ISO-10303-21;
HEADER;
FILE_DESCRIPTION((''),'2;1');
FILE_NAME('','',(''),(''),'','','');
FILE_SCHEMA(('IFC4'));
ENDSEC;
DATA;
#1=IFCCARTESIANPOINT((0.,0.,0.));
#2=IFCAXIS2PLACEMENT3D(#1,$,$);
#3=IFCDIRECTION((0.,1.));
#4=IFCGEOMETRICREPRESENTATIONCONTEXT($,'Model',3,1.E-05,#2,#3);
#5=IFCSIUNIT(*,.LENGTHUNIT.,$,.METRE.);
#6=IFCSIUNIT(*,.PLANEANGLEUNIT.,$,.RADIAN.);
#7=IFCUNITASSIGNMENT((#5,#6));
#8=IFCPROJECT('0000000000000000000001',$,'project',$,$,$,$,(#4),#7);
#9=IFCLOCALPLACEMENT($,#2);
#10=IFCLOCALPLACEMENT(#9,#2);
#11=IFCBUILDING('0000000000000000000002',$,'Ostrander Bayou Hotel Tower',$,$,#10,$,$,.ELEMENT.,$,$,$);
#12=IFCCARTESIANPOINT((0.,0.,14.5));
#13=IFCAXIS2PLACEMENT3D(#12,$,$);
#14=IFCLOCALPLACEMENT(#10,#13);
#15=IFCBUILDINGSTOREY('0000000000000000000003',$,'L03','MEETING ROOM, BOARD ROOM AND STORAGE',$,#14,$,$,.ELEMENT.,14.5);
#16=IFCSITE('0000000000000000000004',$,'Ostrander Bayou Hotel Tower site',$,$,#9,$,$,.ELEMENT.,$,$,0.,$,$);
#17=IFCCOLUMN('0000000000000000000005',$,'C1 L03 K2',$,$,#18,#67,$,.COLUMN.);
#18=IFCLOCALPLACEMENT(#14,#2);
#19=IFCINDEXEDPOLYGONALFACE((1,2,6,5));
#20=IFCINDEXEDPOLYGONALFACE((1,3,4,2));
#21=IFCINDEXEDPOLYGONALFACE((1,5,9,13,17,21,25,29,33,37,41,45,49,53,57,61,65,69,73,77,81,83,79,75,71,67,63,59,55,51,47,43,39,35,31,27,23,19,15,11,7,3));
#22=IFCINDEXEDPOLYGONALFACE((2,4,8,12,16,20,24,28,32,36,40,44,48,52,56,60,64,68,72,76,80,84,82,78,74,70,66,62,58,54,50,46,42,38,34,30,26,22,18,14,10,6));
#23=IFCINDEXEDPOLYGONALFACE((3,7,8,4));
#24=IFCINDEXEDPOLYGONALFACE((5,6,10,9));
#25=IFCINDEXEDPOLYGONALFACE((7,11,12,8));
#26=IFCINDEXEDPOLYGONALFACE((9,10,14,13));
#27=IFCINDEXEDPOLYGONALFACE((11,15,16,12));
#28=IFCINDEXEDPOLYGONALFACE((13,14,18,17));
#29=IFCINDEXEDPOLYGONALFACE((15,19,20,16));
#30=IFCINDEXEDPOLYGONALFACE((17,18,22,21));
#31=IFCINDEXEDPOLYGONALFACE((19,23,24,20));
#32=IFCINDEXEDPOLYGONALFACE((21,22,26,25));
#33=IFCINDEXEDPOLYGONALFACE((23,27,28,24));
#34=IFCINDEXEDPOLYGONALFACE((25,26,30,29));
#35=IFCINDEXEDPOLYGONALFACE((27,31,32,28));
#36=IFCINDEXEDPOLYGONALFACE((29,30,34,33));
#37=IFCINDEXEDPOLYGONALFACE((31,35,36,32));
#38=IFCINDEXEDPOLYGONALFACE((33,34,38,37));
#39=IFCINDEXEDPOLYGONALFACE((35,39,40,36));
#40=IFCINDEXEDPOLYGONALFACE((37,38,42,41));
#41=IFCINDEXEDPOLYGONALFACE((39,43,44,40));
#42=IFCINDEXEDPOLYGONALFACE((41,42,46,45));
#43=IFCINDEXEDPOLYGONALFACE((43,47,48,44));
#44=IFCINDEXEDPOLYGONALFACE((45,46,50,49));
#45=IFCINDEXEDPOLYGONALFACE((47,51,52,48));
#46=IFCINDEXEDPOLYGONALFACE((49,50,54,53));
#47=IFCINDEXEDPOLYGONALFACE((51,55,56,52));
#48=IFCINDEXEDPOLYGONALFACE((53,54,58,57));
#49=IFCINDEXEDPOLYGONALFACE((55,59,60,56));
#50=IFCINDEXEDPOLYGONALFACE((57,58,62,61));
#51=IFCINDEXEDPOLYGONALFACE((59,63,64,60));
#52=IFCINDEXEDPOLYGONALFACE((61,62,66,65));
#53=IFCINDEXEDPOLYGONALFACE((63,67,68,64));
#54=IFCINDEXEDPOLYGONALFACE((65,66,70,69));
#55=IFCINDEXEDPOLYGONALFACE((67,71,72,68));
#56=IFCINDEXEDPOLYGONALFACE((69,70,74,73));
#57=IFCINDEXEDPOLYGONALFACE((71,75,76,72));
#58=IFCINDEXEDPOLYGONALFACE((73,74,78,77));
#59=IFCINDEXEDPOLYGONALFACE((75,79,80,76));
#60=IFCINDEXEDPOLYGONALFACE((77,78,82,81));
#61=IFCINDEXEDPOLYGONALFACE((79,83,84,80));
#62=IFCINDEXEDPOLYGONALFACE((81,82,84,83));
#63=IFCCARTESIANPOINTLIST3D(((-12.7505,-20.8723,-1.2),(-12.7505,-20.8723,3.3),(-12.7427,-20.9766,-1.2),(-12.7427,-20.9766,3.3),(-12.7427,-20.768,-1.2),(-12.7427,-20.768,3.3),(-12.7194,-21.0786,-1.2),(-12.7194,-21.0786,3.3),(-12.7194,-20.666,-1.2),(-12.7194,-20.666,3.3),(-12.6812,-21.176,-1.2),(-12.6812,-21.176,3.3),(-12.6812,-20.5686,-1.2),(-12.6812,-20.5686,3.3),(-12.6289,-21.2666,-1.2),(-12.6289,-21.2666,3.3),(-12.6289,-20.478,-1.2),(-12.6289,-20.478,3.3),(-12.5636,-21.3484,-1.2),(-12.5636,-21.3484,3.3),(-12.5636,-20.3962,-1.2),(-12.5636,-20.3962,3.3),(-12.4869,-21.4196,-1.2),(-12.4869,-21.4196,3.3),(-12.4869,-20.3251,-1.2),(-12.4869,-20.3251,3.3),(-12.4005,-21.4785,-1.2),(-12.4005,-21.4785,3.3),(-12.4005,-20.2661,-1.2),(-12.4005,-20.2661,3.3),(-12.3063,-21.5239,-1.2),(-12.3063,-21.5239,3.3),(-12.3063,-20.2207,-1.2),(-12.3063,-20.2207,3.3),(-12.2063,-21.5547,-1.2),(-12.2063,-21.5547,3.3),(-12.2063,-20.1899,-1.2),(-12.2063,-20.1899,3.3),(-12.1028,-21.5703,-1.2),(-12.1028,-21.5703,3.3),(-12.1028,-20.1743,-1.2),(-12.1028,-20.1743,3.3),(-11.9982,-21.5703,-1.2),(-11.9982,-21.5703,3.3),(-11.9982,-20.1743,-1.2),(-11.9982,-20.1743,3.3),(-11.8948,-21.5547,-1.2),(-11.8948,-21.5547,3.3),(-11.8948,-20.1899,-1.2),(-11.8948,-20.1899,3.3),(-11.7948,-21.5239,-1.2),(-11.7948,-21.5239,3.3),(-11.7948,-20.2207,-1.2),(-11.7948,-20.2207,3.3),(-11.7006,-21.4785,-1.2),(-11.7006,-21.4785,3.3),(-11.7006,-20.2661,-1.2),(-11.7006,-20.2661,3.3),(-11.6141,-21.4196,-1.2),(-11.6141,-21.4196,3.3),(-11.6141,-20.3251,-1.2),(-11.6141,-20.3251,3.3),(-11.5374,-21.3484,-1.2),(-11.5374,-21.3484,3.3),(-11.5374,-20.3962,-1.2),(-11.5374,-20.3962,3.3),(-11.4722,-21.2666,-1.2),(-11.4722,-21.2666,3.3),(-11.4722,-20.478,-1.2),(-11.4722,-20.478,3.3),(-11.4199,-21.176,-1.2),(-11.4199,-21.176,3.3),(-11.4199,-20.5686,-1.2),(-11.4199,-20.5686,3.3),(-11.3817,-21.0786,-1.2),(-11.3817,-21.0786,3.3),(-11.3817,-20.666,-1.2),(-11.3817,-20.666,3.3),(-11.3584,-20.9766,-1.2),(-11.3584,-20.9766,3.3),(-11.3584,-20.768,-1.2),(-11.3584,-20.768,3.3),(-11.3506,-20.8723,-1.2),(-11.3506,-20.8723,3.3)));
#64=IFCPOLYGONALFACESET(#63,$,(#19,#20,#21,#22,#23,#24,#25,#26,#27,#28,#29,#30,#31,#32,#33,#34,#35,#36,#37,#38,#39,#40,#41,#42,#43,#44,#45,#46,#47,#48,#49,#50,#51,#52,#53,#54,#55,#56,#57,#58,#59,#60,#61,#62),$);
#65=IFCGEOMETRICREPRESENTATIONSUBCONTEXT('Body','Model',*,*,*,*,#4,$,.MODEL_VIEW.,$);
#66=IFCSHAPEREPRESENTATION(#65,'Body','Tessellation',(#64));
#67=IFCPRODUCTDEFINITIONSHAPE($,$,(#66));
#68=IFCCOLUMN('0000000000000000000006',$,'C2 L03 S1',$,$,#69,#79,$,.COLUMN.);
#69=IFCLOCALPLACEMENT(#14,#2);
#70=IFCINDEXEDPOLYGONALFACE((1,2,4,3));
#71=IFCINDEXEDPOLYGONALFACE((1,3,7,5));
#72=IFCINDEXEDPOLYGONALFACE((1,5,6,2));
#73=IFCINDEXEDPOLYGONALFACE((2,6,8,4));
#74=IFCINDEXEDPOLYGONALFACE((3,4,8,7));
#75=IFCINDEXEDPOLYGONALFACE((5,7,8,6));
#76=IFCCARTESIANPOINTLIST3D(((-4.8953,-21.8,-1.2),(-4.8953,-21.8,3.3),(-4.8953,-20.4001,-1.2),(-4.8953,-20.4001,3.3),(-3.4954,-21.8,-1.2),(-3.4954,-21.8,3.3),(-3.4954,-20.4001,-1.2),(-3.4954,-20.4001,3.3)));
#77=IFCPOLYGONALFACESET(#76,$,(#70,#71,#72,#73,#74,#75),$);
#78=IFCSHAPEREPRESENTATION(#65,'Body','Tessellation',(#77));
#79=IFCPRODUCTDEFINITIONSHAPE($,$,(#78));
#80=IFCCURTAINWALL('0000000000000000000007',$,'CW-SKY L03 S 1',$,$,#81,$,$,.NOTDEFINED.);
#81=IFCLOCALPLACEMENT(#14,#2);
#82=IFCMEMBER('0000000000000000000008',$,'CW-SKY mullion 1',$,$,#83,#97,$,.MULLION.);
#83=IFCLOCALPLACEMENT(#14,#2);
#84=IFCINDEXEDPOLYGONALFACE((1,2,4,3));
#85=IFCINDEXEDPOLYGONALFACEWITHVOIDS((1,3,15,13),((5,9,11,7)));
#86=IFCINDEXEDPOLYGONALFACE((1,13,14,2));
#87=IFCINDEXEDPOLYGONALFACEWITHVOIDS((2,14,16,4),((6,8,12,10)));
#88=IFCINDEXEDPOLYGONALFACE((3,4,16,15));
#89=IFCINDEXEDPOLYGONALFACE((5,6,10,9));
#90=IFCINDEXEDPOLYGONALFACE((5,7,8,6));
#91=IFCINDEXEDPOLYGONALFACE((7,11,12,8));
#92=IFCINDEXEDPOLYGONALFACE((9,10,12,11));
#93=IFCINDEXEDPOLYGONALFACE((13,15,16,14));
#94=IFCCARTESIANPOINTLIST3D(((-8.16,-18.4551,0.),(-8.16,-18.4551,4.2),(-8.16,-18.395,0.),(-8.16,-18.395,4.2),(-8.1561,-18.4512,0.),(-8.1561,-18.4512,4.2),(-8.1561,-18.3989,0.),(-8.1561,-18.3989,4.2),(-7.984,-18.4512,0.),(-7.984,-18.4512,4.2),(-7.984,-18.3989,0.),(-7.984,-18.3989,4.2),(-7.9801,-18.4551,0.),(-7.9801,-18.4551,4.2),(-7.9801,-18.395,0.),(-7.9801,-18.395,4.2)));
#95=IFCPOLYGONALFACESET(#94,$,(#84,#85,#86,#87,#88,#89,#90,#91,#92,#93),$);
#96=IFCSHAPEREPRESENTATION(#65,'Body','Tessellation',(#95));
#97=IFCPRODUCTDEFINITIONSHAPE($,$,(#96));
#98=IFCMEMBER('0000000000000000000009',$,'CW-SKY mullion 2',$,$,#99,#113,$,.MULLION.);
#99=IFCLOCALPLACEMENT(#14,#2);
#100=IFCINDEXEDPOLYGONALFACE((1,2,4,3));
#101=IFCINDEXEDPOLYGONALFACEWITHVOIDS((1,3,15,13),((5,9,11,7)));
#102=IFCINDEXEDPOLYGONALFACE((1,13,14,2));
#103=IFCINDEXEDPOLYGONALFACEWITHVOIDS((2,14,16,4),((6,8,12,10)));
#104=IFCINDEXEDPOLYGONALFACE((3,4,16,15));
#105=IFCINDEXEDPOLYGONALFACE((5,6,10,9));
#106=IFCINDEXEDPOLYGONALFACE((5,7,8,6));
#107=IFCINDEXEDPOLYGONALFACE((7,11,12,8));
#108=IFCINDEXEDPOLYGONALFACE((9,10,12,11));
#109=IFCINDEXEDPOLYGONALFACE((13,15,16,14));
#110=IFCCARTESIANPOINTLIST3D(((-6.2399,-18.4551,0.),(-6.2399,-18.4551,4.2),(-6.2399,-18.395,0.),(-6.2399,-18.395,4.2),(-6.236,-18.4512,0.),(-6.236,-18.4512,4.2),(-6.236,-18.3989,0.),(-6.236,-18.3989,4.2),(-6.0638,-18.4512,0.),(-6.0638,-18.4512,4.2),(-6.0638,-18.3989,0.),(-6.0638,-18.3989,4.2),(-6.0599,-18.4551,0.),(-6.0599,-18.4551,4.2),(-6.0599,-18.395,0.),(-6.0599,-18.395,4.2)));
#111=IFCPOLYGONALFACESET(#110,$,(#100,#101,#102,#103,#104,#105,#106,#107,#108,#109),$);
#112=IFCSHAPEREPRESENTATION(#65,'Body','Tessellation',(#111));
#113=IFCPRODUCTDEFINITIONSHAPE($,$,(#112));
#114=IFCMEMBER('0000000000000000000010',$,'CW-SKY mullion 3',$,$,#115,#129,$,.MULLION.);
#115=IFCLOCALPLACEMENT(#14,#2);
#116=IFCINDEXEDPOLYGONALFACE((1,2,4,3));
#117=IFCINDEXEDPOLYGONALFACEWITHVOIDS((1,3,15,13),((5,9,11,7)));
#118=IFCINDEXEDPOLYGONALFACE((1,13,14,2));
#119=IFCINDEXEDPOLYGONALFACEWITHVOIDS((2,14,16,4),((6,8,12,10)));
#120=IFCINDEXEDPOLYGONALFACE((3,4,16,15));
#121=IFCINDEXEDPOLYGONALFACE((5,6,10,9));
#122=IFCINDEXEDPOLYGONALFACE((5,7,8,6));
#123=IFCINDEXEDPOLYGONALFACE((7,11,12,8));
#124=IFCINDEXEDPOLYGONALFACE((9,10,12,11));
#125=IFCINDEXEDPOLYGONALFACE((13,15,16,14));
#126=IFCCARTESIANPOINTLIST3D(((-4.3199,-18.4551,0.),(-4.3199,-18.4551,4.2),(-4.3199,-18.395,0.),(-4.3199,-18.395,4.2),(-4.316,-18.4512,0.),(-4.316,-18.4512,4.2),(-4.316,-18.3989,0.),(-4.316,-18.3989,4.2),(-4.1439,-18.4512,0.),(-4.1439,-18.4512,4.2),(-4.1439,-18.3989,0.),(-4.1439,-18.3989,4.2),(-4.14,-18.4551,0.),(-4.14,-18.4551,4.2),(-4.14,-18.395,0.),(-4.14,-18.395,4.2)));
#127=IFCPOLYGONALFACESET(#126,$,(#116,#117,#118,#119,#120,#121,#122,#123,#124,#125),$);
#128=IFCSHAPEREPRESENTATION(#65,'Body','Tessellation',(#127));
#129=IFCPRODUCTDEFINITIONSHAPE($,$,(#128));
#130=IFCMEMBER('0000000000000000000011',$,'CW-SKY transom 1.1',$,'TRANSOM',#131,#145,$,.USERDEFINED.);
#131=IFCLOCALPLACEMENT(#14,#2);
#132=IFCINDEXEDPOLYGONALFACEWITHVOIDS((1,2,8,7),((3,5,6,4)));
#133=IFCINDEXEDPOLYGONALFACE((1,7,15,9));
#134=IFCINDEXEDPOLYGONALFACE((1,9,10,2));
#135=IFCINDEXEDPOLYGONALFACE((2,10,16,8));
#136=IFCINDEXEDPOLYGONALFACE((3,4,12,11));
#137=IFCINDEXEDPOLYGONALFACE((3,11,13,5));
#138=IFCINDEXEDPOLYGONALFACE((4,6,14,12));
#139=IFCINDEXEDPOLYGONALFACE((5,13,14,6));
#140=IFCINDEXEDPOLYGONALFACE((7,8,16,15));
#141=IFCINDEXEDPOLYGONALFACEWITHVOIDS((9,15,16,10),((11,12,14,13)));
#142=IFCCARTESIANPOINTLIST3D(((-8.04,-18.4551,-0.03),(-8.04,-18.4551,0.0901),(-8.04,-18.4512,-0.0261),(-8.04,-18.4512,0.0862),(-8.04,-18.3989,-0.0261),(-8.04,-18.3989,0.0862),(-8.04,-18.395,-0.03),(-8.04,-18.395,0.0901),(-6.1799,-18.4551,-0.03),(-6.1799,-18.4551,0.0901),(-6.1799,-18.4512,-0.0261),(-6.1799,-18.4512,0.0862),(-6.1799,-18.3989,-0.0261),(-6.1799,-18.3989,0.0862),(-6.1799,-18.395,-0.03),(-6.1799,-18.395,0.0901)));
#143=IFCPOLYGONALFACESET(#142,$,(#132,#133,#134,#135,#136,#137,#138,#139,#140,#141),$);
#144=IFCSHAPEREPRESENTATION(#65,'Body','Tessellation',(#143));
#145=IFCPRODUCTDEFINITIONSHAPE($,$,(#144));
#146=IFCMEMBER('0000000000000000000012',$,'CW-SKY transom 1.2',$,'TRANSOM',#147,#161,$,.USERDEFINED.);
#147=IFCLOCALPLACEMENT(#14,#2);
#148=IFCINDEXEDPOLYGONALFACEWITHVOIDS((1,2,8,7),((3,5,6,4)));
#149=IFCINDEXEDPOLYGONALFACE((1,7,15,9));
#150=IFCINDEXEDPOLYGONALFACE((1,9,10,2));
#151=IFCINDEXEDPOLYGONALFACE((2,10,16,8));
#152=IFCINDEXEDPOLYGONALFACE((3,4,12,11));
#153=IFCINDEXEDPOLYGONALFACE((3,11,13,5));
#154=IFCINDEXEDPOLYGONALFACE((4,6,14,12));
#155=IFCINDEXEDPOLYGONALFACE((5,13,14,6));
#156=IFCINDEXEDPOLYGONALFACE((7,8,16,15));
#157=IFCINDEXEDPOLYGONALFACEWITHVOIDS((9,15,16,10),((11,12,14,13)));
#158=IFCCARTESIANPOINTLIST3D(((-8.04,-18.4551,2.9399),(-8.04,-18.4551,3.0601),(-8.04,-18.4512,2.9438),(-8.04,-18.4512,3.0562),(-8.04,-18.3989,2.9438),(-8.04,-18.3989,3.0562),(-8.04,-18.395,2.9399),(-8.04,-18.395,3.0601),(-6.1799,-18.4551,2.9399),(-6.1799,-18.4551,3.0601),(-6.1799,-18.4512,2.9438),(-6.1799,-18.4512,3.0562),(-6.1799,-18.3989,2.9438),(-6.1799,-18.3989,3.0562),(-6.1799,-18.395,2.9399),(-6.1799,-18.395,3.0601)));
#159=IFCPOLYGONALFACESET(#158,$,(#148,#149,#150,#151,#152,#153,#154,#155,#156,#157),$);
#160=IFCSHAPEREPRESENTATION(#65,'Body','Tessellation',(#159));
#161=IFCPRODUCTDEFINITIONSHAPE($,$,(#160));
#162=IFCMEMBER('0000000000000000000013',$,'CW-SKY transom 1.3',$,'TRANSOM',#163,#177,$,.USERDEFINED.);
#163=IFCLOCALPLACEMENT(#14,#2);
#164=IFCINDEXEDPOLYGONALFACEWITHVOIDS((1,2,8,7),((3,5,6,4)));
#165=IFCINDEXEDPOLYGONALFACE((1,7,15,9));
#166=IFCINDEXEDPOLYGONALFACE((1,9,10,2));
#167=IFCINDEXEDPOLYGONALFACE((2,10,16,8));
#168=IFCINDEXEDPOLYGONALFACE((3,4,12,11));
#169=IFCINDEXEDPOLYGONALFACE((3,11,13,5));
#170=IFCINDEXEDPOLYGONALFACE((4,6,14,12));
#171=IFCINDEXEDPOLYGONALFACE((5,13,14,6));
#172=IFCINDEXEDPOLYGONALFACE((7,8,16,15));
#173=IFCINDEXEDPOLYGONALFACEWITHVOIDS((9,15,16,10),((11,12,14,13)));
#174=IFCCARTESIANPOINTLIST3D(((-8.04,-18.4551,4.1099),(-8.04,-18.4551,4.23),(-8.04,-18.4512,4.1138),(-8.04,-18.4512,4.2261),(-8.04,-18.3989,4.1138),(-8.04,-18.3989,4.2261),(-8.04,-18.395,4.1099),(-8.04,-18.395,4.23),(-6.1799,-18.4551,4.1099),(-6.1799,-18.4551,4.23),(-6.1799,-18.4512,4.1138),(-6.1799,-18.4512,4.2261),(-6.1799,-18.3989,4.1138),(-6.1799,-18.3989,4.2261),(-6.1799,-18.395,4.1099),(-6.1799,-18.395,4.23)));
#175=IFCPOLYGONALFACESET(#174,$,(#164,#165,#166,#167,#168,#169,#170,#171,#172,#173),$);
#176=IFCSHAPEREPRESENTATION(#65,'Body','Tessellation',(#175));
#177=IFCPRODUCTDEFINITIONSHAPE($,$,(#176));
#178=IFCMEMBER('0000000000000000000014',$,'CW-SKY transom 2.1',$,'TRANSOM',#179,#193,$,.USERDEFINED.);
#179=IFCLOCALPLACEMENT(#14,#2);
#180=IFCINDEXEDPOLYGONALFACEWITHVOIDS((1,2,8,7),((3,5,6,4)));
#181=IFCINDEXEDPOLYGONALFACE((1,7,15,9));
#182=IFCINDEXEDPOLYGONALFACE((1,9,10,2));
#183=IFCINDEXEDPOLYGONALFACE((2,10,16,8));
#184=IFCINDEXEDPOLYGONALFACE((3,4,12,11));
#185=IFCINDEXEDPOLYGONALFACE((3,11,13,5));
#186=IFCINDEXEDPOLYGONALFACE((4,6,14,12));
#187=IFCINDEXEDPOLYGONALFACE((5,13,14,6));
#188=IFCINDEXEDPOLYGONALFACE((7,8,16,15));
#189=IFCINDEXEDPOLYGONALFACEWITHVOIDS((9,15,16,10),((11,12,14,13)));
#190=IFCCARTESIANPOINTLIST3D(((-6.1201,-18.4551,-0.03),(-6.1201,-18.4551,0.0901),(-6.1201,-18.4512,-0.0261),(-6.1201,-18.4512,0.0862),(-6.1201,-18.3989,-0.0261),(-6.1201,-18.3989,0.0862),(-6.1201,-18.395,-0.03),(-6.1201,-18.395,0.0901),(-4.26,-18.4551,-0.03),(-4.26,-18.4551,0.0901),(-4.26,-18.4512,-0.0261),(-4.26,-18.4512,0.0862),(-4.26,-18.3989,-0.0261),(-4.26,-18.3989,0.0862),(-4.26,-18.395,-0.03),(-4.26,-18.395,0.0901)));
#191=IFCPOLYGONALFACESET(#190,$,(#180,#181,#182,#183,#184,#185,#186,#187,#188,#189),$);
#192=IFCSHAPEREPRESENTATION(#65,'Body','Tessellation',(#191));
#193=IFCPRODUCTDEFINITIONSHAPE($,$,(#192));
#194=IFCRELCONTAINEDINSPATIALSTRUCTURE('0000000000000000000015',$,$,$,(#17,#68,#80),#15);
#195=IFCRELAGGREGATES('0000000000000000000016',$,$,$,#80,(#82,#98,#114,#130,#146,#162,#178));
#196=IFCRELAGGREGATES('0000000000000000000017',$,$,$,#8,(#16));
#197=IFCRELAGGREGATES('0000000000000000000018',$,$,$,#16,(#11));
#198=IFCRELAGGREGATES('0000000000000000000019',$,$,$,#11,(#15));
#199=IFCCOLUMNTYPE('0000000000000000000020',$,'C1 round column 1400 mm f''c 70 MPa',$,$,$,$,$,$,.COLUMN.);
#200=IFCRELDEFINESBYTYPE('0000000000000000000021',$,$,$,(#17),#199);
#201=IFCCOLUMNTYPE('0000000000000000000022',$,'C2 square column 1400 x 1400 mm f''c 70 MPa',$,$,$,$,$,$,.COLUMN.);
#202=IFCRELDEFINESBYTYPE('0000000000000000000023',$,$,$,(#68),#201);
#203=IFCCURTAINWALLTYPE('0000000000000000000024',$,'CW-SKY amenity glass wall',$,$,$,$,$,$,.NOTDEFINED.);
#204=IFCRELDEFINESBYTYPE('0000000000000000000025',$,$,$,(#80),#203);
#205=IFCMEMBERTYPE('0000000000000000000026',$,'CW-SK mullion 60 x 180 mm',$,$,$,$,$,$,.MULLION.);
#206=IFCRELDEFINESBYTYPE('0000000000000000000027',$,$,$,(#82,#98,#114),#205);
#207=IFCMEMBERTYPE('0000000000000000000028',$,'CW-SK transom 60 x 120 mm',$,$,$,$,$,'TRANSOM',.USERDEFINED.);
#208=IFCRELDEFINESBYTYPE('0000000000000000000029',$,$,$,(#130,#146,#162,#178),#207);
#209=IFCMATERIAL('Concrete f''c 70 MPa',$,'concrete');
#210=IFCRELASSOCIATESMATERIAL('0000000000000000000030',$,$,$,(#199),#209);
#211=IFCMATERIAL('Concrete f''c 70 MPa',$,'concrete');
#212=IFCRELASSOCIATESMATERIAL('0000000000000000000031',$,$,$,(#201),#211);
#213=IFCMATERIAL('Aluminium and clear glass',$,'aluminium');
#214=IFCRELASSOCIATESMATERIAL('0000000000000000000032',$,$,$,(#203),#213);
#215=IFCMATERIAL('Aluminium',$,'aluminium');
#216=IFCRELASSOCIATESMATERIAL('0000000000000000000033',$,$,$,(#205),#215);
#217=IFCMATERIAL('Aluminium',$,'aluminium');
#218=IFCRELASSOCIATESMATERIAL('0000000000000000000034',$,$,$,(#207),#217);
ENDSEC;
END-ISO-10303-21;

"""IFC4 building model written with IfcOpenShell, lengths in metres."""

from ifc_helpers import new_model, si_unit, direction, frame, origin, origin_2d, place, context, subcontext, project, spatial, rectangle, hollow_rectangle, circle, extrude, material, material_profile, profile_set, type_object, element, aggregate, save


model = new_model("IFC4")

# Units and contexts
model_context = context("Model", 3, precision=1e-05, world=origin(), true_north=direction((0.0, 1.0)))
body_context = subcontext(model_context, "Body", "Model", "MODEL_VIEW")
ifc_project = project(units=[si_unit("LENGTHUNIT", "METRE"), si_unit("PLANEANGLEUNIT", "RADIAN")], contexts=[model_context])

# Site, building, storey
site_placement = place(None, origin())
site = spatial("IfcSite", under=ifc_project, at=site_placement, Name="Ostrander Bayou Hotel Tower site", CompositionType="ELEMENT", RefElevation=0.0)
building_placement = place(site_placement, origin())
building = spatial("IfcBuilding", under=site, at=building_placement, Name="Ostrander Bayou Hotel Tower", CompositionType="ELEMENT")
storey_placement = place(building_placement, frame((0.0, 0.0, 14.5)))
storey = spatial("IfcBuildingStorey", under=building, at=storey_placement, Name="L03", Description="MEETING ROOM, BOARD ROOM AND STORAGE", CompositionType="ELEMENT", Elevation=14.5)

# Columns
ifc_material_1 = material(Name="Concrete f'c 70 MPa", Category="concrete")
ifc_material_profile_1 = material_profile(ifc_material_1, circle(Radius=0.7, at=origin_2d()))
ifc_profile_set_1 = profile_set([ifc_material_profile_1], Name="Concrete f'c 70 MPa")
column_type_1 = type_object("IfcColumnType", Name="C1 round column 1400 mm f'c 70 MPa", PredefinedType="COLUMN", material=ifc_profile_set_1)
column_1_placement = place(storey_placement, frame((-12.0505, -20.8723, -1.2), z_axis=(0.0, 0.0, 1.0), x_axis=(1.0, 0.0, 0.0)))
element("IfcColumn", 1, at=column_1_placement, inside=storey, type_object=column_type_1, Name="C1 L03 K2", PredefinedType="COLUMN", context=body_context, shape_type="SweptSolid", body=[
    extrude(circle(Radius=0.7, at=origin_2d()), origin(), (0.0, 0.0, 1.0), 4.5),
])
ifc_material_2 = material(Name="Concrete f'c 70 MPa", Category="concrete")
ifc_material_profile_2 = material_profile(ifc_material_2, rectangle(XDim=1.3999, YDim=1.3999, at=origin_2d()))
ifc_profile_set_2 = profile_set([ifc_material_profile_2], Name="Concrete f'c 70 MPa")
column_type_2 = type_object("IfcColumnType", Name="C2 square column 1400 x 1400 mm f'c 70 MPa", PredefinedType="COLUMN", material=ifc_profile_set_2)
column_2_placement = place(storey_placement, frame((-4.1953, -21.1001, -1.2), z_axis=(0.0, 0.0, 1.0), x_axis=(-1.0, 0.0, 0.0)))
element("IfcColumn", 2, at=column_2_placement, inside=storey, type_object=column_type_2, Name="C2 L03 S1", PredefinedType="COLUMN", context=body_context, shape_type="SweptSolid", body=[
    extrude(rectangle(XDim=1.3999, YDim=1.3999, at=origin_2d()), origin(), (0.0, 0.0, 1.0), 4.5),
])

# Curtain wall, members
ifc_material_3 = material(Name="Aluminium and clear glass", Category="aluminium")
curtain_wall_type = type_object("IfcCurtainWallType", Name="CW-SKY amenity glass wall", PredefinedType="NOTDEFINED", material=ifc_material_3)
curtain_wall_placement = place(storey_placement, origin())
curtain_wall = element("IfcCurtainWall", 3, at=curtain_wall_placement, inside=storey, type_object=curtain_wall_type, Name="CW-SKY L03 S 1", PredefinedType="NOTDEFINED")
ifc_material_4 = material(Name="Aluminium", Category="aluminium")
ifc_material_profile_3 = material_profile(ifc_material_4, hollow_rectangle(XDim=0.0601, YDim=0.1799, WallThickness=0.0039, at=origin_2d()))
ifc_profile_set_3 = profile_set([ifc_material_profile_3], Name="Aluminium")
member_type_1 = type_object("IfcMemberType", Name="CW-SK mullion 60 x 180 mm", PredefinedType="MULLION", material=ifc_profile_set_3)
member_1_placement = place(storey_placement, frame((-8.0701, -18.425, 0.0), z_axis=(0.0, 0.0, 1.0), x_axis=(0.0, 1.0, 0.0)))
member_1 = element("IfcMember", 4, at=member_1_placement, type_object=member_type_1, Name="CW-SKY mullion 1", PredefinedType="MULLION", context=body_context, shape_type="SweptSolid", body=[
    extrude(hollow_rectangle(XDim=0.0601, YDim=0.1799, WallThickness=0.0039, at=origin_2d()), origin(), (0.0, 0.0, 1.0), 4.2),
])
member_2_placement = place(storey_placement, frame((-6.1499, -18.425, 0.0), z_axis=(0.0, 0.0, 1.0), x_axis=(0.0, 1.0, 0.0)))
member_2 = element("IfcMember", 5, at=member_2_placement, type_object=member_type_1, Name="CW-SKY mullion 2", PredefinedType="MULLION", context=body_context, shape_type="SweptSolid", body=[
    extrude(hollow_rectangle(XDim=0.0601, YDim=0.1799, WallThickness=0.0039, at=origin_2d()), origin(), (0.0, 0.0, 1.0), 4.2),
])
member_3_placement = place(storey_placement, frame((-4.23, -18.425, 0.0), z_axis=(0.0, 0.0, 1.0), x_axis=(0.0, 1.0, 0.0)))
member_3 = element("IfcMember", 6, at=member_3_placement, type_object=member_type_1, Name="CW-SKY mullion 3", PredefinedType="MULLION", context=body_context, shape_type="SweptSolid", body=[
    extrude(hollow_rectangle(XDim=0.0601, YDim=0.1799, WallThickness=0.0039, at=origin_2d()), origin(), (0.0, 0.0, 1.0), 4.2),
])
ifc_material_5 = material(Name="Aluminium", Category="aluminium")
ifc_material_profile_4 = material_profile(ifc_material_5, hollow_rectangle(XDim=0.0601, YDim=0.1201, WallThickness=0.0039, at=origin_2d()))
ifc_profile_set_4 = profile_set([ifc_material_profile_4], Name="Aluminium")
member_type_2 = type_object("IfcMemberType", Name="CW-SK transom 60 x 120 mm", ElementType="TRANSOM", PredefinedType="USERDEFINED", material=ifc_profile_set_4)
member_4_placement = place(storey_placement, frame((-8.04, -18.425, 0.03), z_axis=(1.0, 0.0, 0.0), x_axis=(0.0, 1.0, 0.0)))
member_4 = element("IfcMember", 7, at=member_4_placement, type_object=member_type_2, Name="CW-SKY transom 1.1", ObjectType="TRANSOM", PredefinedType="USERDEFINED", context=body_context, shape_type="SweptSolid", body=[
    extrude(hollow_rectangle(XDim=0.0601, YDim=0.1201, WallThickness=0.0039, at=origin_2d()), origin(), (0.0, 0.0, 1.0), 1.8601),
])
member_5_placement = place(storey_placement, frame((-8.04, -18.425, 3.0), z_axis=(1.0, 0.0, 0.0), x_axis=(0.0, 1.0, 0.0)))
member_5 = element("IfcMember", 8, at=member_5_placement, type_object=member_type_2, Name="CW-SKY transom 1.2", ObjectType="TRANSOM", PredefinedType="USERDEFINED", context=body_context, shape_type="SweptSolid", body=[
    extrude(hollow_rectangle(XDim=0.0601, YDim=0.1201, WallThickness=0.0039, at=origin_2d()), origin(), (0.0, 0.0, 1.0), 1.8601),
])
member_6_placement = place(storey_placement, frame((-8.04, -18.425, 4.1699), z_axis=(1.0, 0.0, 0.0), x_axis=(0.0, 1.0, 0.0)))
member_6 = element("IfcMember", 9, at=member_6_placement, type_object=member_type_2, Name="CW-SKY transom 1.3", ObjectType="TRANSOM", PredefinedType="USERDEFINED", context=body_context, shape_type="SweptSolid", body=[
    extrude(hollow_rectangle(XDim=0.0601, YDim=0.1201, WallThickness=0.0039, at=origin_2d()), origin(), (0.0, 0.0, 1.0), 1.8601),
])
member_7_placement = place(storey_placement, frame((-6.1201, -18.425, 0.03), z_axis=(1.0, 0.0, 0.0), x_axis=(0.0, 1.0, 0.0)))
member_7 = element("IfcMember", 10, at=member_7_placement, type_object=member_type_2, Name="CW-SKY transom 2.1", ObjectType="TRANSOM", PredefinedType="USERDEFINED", context=body_context, shape_type="SweptSolid", body=[
    extrude(hollow_rectangle(XDim=0.0601, YDim=0.1201, WallThickness=0.0039, at=origin_2d()), origin(), (0.0, 0.0, 1.0), 1.8601),
])

aggregate(curtain_wall, [member_1, member_2, member_3, member_4, member_5, member_6, member_7])

save(model, "model.ifc")
